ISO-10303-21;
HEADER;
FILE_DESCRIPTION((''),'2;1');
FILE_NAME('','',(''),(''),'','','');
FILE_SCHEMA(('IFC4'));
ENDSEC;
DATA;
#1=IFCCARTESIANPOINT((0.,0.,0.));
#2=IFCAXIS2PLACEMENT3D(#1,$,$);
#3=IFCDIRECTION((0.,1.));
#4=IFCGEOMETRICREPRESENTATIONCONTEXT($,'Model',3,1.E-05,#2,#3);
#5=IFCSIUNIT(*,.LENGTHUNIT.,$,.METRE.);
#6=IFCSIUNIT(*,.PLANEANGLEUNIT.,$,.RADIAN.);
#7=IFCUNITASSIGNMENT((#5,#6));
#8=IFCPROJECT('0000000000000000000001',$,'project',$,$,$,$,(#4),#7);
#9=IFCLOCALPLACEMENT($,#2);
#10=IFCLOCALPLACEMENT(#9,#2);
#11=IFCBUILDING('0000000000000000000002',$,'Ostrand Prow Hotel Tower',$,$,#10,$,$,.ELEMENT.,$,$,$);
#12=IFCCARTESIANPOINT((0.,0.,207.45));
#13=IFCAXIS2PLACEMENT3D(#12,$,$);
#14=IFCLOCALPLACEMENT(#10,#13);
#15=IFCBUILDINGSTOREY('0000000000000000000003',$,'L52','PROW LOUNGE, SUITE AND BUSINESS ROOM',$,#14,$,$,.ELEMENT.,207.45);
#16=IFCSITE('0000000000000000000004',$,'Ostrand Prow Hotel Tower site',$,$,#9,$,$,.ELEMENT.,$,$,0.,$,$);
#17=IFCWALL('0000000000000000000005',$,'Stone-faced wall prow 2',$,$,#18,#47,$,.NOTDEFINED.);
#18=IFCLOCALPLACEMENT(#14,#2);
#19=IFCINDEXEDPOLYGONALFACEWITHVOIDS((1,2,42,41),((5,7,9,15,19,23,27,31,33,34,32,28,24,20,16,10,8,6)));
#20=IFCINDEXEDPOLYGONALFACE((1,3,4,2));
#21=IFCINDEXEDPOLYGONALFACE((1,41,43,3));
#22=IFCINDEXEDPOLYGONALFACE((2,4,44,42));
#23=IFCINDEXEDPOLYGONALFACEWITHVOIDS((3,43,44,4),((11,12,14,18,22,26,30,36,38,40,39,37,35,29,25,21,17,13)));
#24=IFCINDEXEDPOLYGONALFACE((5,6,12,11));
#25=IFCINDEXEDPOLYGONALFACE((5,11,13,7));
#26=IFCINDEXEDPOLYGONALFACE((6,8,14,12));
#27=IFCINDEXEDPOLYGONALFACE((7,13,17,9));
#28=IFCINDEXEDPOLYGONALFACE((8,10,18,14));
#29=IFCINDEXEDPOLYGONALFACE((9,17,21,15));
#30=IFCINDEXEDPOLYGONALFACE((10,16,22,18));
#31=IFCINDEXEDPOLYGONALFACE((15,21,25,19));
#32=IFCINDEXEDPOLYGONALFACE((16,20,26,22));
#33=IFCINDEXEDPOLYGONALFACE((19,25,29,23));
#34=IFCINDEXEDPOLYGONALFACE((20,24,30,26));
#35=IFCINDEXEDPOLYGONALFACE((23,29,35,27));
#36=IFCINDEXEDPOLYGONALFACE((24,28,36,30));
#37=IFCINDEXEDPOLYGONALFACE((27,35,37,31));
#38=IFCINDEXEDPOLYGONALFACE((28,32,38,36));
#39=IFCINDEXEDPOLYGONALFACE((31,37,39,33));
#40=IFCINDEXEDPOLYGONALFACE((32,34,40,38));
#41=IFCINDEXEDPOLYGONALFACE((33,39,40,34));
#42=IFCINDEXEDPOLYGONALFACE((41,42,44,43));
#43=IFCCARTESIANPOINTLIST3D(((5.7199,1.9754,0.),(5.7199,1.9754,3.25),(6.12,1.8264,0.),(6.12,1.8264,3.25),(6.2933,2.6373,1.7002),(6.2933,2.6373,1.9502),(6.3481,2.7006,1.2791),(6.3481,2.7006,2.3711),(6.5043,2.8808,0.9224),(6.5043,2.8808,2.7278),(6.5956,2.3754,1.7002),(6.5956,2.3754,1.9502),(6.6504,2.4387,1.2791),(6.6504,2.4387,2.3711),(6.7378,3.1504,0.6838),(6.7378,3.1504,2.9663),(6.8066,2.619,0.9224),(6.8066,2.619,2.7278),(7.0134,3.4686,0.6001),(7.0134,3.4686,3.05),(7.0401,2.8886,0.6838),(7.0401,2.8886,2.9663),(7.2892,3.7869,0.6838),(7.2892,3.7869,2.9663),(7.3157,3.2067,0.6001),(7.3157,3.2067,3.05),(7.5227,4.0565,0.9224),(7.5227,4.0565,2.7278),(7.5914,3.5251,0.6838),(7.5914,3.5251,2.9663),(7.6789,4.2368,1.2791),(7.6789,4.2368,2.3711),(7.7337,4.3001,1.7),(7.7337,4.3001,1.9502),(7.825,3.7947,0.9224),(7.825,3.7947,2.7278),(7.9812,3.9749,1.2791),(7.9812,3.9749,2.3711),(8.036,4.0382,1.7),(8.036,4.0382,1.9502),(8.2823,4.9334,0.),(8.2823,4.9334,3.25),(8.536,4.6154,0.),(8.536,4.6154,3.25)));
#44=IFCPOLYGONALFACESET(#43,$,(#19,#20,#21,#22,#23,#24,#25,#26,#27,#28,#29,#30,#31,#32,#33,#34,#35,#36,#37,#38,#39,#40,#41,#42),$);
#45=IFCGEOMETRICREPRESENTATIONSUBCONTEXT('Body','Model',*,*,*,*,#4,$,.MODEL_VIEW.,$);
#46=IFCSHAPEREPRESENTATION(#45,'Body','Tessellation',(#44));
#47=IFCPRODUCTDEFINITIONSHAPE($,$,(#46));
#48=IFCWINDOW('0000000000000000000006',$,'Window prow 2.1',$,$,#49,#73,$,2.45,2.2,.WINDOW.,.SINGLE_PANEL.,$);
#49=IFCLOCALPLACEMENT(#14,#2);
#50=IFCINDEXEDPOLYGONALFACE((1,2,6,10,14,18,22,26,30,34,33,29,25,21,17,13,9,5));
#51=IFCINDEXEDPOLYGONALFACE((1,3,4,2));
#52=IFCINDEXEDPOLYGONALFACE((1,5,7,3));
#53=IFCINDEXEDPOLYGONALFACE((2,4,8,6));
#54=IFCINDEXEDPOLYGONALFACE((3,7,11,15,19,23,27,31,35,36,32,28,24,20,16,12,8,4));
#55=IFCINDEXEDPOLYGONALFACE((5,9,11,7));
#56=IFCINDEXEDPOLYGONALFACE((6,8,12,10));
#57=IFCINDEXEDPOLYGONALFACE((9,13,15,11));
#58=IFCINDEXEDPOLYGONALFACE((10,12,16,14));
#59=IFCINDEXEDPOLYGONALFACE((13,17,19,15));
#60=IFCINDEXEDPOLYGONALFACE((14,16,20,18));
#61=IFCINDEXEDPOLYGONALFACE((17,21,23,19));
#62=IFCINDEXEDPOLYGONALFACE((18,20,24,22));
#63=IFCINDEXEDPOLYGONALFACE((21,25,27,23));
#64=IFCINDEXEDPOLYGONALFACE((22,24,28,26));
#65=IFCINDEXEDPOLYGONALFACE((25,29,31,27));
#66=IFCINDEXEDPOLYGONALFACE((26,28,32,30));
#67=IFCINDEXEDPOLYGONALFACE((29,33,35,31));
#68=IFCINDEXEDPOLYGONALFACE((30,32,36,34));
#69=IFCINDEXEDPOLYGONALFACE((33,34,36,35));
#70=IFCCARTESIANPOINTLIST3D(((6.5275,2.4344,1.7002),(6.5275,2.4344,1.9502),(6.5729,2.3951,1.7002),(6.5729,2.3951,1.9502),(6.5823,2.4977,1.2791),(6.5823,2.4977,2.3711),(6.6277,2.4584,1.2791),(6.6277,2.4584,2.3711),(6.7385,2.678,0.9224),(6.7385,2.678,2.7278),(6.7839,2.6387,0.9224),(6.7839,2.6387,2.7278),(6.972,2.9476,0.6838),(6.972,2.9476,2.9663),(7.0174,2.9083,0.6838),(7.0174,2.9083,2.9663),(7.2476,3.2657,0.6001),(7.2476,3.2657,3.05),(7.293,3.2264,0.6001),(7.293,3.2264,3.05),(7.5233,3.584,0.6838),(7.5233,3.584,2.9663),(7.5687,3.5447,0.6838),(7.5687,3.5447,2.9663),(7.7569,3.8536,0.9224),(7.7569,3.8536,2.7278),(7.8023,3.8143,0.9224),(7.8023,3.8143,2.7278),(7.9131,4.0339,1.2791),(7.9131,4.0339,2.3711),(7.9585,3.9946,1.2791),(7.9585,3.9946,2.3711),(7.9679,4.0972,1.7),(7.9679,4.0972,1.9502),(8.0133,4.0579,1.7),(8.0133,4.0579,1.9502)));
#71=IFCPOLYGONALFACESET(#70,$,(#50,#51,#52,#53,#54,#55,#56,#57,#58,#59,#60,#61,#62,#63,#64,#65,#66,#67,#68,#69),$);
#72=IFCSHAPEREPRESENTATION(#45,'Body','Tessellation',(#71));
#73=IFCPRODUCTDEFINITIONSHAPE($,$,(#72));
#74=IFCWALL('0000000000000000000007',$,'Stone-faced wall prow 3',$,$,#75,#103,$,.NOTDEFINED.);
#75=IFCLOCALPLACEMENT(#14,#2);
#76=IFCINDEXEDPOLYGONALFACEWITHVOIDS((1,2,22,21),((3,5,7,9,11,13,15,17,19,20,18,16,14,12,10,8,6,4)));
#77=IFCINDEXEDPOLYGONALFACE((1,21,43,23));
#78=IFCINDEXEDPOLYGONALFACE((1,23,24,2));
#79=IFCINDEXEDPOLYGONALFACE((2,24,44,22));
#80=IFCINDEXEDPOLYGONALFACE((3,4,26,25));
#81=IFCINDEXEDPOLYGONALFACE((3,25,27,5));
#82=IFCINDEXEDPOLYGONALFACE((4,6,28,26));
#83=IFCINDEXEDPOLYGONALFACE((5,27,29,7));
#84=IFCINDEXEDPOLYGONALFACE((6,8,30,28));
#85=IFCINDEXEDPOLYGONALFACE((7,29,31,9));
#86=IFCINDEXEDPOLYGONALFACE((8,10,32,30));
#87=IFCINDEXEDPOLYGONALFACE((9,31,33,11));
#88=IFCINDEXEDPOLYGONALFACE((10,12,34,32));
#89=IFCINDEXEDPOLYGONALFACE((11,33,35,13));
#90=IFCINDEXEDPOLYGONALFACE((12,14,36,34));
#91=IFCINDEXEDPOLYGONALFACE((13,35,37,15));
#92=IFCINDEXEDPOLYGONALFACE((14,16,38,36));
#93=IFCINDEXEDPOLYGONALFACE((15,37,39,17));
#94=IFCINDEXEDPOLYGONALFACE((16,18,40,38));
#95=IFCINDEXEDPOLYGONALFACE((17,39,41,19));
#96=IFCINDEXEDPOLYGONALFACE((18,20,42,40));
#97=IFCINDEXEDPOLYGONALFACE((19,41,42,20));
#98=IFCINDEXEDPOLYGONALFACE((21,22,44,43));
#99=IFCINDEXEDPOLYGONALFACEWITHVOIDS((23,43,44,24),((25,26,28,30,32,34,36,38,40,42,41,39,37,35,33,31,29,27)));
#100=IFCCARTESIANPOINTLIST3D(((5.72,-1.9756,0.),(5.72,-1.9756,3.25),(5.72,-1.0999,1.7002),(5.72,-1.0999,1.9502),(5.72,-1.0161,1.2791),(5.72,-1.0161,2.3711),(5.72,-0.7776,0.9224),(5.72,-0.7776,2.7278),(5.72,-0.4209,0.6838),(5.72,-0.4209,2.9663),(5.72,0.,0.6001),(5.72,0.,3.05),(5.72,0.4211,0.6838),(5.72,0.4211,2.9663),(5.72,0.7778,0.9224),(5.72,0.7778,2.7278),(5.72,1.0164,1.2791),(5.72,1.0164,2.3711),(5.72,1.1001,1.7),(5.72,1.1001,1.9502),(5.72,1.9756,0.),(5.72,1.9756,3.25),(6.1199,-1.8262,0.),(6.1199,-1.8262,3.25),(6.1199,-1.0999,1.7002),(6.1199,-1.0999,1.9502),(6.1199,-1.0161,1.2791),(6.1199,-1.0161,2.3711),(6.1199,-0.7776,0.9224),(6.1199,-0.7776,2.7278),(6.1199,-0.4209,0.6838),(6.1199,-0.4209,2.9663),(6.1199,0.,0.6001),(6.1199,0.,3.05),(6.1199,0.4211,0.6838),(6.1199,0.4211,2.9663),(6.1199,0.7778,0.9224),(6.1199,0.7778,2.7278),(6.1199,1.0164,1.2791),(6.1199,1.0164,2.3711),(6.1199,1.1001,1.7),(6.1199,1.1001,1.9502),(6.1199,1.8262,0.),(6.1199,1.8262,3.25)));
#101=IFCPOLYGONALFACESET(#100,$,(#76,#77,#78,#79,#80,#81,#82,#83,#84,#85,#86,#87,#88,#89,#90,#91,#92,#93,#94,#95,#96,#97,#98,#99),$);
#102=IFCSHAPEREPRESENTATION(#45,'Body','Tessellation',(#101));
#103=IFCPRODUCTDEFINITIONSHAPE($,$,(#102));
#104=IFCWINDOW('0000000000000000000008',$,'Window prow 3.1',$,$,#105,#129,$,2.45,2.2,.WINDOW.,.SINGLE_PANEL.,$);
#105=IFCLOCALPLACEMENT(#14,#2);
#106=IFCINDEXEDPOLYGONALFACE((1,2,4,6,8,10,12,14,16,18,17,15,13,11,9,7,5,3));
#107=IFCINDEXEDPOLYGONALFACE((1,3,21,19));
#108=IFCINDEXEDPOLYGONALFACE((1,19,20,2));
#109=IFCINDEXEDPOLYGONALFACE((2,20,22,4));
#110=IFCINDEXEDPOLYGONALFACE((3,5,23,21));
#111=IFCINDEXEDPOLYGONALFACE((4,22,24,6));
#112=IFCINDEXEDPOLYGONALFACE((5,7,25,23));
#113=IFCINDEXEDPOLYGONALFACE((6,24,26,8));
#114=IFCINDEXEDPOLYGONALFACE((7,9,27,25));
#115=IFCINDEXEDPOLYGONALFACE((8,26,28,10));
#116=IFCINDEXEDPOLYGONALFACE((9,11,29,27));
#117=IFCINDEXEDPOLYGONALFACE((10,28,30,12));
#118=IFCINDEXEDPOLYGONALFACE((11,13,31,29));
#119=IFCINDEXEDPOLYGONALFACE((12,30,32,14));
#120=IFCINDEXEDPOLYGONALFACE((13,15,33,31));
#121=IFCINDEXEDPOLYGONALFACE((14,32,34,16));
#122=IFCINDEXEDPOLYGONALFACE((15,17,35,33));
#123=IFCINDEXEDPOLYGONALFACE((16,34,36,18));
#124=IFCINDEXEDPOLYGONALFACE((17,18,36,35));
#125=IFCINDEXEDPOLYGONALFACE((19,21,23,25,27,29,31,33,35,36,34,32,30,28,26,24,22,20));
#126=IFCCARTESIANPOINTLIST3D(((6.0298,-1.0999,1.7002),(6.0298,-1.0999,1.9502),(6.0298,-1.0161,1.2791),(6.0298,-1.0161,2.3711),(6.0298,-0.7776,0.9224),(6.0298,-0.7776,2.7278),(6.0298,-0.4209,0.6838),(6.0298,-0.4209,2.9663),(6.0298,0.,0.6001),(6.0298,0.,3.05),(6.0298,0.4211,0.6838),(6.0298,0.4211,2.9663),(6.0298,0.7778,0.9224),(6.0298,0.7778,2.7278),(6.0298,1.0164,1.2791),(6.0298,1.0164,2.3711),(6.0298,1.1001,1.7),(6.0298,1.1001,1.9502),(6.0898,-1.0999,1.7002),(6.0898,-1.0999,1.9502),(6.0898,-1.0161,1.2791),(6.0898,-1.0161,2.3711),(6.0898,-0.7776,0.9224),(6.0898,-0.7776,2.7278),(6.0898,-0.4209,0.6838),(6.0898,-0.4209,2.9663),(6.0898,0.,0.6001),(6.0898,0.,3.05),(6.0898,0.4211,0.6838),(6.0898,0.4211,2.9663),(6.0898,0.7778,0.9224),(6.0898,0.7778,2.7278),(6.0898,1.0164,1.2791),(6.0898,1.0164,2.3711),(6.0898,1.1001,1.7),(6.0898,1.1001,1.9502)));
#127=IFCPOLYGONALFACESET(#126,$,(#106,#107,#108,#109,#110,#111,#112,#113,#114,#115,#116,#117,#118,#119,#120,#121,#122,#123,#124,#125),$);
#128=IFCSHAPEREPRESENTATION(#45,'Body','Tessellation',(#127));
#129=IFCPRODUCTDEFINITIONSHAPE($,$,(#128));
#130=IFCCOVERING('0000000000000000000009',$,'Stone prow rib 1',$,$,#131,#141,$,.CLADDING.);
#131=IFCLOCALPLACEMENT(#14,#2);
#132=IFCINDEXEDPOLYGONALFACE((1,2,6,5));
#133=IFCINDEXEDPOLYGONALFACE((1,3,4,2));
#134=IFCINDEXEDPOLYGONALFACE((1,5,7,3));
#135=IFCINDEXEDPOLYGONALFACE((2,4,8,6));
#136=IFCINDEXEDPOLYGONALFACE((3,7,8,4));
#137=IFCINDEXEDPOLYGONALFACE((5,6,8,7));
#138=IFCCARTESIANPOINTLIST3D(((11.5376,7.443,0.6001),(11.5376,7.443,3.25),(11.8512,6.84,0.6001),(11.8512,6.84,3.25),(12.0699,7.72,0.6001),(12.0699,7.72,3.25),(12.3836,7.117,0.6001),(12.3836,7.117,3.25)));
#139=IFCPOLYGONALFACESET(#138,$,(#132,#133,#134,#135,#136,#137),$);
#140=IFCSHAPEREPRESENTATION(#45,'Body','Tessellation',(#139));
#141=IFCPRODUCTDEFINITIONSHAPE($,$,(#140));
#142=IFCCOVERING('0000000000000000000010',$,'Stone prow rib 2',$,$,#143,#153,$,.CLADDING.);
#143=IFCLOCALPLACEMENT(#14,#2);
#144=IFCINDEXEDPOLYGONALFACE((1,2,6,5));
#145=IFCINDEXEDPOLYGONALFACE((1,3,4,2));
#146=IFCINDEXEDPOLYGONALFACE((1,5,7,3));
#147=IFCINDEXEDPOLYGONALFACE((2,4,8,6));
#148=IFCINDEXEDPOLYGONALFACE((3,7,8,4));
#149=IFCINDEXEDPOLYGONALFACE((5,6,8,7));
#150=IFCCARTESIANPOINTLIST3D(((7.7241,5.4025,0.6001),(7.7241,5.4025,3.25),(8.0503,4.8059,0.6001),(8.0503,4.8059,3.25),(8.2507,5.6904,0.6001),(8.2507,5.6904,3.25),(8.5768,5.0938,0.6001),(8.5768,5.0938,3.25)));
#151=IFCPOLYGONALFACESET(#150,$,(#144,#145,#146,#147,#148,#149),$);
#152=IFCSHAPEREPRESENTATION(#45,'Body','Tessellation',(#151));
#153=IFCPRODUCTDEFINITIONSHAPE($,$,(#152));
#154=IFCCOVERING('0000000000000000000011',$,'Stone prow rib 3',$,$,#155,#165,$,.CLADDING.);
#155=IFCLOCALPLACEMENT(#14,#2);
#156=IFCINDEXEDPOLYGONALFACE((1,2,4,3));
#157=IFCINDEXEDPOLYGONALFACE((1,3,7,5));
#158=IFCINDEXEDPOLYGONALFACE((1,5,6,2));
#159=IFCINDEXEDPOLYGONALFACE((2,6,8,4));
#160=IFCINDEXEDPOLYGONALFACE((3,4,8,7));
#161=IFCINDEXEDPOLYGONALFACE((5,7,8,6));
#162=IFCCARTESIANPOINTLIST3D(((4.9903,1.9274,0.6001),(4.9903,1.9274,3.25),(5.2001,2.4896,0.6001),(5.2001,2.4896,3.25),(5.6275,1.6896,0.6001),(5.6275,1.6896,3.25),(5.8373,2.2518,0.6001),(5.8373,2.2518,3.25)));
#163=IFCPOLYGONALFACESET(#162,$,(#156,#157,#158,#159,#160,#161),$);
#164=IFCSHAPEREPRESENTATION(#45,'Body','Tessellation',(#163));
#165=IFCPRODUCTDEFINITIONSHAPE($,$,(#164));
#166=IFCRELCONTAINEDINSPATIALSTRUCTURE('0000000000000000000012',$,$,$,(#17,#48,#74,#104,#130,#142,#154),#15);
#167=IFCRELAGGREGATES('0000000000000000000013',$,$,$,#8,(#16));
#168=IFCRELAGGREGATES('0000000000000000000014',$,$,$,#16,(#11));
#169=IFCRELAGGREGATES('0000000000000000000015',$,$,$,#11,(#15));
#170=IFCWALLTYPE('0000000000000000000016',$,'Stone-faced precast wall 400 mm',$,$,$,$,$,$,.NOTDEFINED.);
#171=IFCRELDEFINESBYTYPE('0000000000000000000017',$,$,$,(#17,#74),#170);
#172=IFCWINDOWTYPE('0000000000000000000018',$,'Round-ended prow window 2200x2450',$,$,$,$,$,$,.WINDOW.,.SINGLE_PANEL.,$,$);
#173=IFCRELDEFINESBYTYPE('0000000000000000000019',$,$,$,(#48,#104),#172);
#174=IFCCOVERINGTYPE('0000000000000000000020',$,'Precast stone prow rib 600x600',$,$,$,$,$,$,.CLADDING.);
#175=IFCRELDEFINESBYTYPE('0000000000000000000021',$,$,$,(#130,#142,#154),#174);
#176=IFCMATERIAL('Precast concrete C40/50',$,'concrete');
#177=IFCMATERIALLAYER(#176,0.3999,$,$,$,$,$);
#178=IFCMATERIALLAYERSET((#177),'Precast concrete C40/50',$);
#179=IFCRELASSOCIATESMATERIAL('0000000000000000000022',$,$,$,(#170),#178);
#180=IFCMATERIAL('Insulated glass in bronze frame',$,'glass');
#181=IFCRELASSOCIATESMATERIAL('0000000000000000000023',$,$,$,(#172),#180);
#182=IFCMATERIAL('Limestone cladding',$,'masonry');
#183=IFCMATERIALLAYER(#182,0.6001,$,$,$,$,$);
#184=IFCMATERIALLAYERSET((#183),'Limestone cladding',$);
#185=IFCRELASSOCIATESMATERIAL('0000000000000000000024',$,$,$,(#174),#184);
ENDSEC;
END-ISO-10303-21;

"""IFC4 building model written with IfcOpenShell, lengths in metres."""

from ifc_helpers import new_model, si_unit, direction, frame, frame_2d, origin, place, context, subcontext, project, spatial, polyline, rectangle, outline, extrude, material, layer, layer_set, type_object, element, fill, save


model = new_model("IFC4")

# Units and contexts
model_context = context("Model", 3, precision=1e-05, world=origin(), true_north=direction((0.0, 1.0)))
body_context = subcontext(model_context, "Body", "Model", "MODEL_VIEW")
ifc_project = project(units=[si_unit("LENGTHUNIT", "METRE"), si_unit("PLANEANGLEUNIT", "RADIAN")], contexts=[model_context])

# Site, building, storey
site_placement = place(None, origin())
site = spatial("IfcSite", under=ifc_project, at=site_placement, Name="Ostrand Prow Hotel Tower site", CompositionType="ELEMENT", RefElevation=0.0)
building_placement = place(site_placement, origin())
building = spatial("IfcBuilding", under=site, at=building_placement, Name="Ostrand Prow Hotel Tower", CompositionType="ELEMENT")
storey_placement = place(building_placement, frame((0.0, 0.0, 207.45)))
storey = spatial("IfcBuildingStorey", under=building, at=storey_placement, Name="L52", Description="PROW LOUNGE, SUITE AND BUSINESS ROOM", CompositionType="ELEMENT", Elevation=207.45)

# Walls, openings, windows
ifc_material_1 = material(Name="Precast concrete C40/50", Category="concrete")
ifc_layer_1 = layer(ifc_material_1, 0.3999)
ifc_layer_set_1 = layer_set([ifc_layer_1], Name="Precast concrete C40/50")
wall_type = type_object("IfcWallType", Name="Stone-faced precast wall 400 mm", PredefinedType="NOTDEFINED", material=ifc_layer_set_1)
ifc_material_2 = material(Name="Insulated glass in bronze frame", Category="glass")
window_type = type_object("IfcWindowType", Name="Round-ended prow window 2200x2450", PartitioningType="SINGLE_PANEL", PredefinedType="WINDOW", material=ifc_material_2)
wall_1_placement = place(storey_placement, frame((8.4092, 4.7744, 0.0), z_axis=(0.0, 0.0, 1.0), x_axis=(-0.654759, -0.755837, 0.0)))
wall_1 = element("IfcWall", 1, at=wall_1_placement, inside=storey, type_object=wall_type, Name="Stone-faced wall prow 2", PredefinedType="NOTDEFINED", context=body_context, shape_type="SweptSolid", body=[
    extrude(outline(polyline([(-0.0371, -0.2), (3.8765, -0.2), (3.7271, 0.2), (0.0371, 0.2), (-0.0371, -0.2)])), origin(), (0.0, 0.0, 1.0), 3.25),
])
opening_1_placement = place(wall_1_placement, frame((0.8008, 0.0, 0.6001)))
opening_1 = element("IfcOpeningElement", 2, at=opening_1_placement, cuts=wall_1, PredefinedType="OPENING", context=body_context, shape_type="SweptSolid", body=[
    extrude(outline(polyline([(0.0, 1.3501), (0.0837, 1.771), (0.3223, 2.1277), (0.679, 2.3662), (1.1001, 2.45), (1.521, 2.3662), (1.8777, 2.1277), (2.1162, 1.771), (2.2, 1.3501), (2.2, 1.1001), (2.1162, 0.679), (1.8777, 0.3223), (1.521, 0.0837), (1.1001, 0.0), (0.679, 0.0837), (0.3223, 0.3223), (0.0837, 0.679), (0.0, 1.0999), (0.0, 1.3501)])), frame((0.0, 0.21, 0.0), z_axis=(0.0, -1.0, 0.0), x_axis=(1.0, 0.0, 0.0)), (0.0, 0.0, 1.0), 0.4199),
])
window_1_placement = place(opening_1_placement, origin())
window_1 = element("IfcWindow", 3, at=window_1_placement, inside=storey, type_object=window_type, Name="Window prow 2.1", OverallHeight=2.45, OverallWidth=2.2, PartitioningType="SINGLE_PANEL", PredefinedType="WINDOW", context=body_context, shape_type="SweptSolid", body=[
    extrude(outline(polyline([(0.0, 1.3501), (0.0837, 1.771), (0.3223, 2.1277), (0.679, 2.3662), (1.1001, 2.45), (1.521, 2.3662), (1.8777, 2.1277), (2.1162, 1.771), (2.2, 1.3501), (2.2, 1.1001), (2.1162, 0.679), (1.8777, 0.3223), (1.521, 0.0837), (1.1001, 0.0), (0.679, 0.0837), (0.3223, 0.3223), (0.0837, 0.679), (0.0, 1.0999), (0.0, 1.3501)])), frame((0.0, 0.1699, 0.0), z_axis=(0.0, -1.0, 0.0), x_axis=(1.0, 0.0, 0.0)), (0.0, 0.0, 1.0), 0.0601),
])
fill(opening_1, window_1)
wall_2_placement = place(storey_placement, frame((5.9199, 1.9009, 0.0), z_axis=(0.0, 0.0, 1.0), x_axis=(0.0, -1.0, 0.0)))
wall_2 = element("IfcWall", 4, at=wall_2_placement, inside=storey, type_object=wall_type, Name="Stone-faced wall prow 3", PredefinedType="NOTDEFINED", context=body_context, shape_type="SweptSolid", body=[
    extrude(outline(polyline([(-0.0747, -0.2), (3.8765, -0.2), (3.7271, 0.2), (0.0747, 0.2), (-0.0747, -0.2)])), origin(), (0.0, 0.0, 1.0), 3.25),
])
opening_2_placement = place(wall_2_placement, frame((0.8008, 0.0, 0.6001)))
opening_2 = element("IfcOpeningElement", 5, at=opening_2_placement, cuts=wall_2, PredefinedType="OPENING", context=body_context, shape_type="SweptSolid", body=[
    extrude(outline(polyline([(0.0, 1.3501), (0.0837, 1.771), (0.3223, 2.1277), (0.679, 2.3662), (1.1001, 2.45), (1.521, 2.3662), (1.8777, 2.1277), (2.1162, 1.771), (2.2, 1.3501), (2.2, 1.1001), (2.1162, 0.679), (1.8777, 0.3223), (1.521, 0.0837), (1.1001, 0.0), (0.679, 0.0837), (0.3223, 0.3223), (0.0837, 0.679), (0.0, 1.0999), (0.0, 1.3501)])), frame((0.0, 0.21, 0.0), z_axis=(0.0, -1.0, 0.0), x_axis=(1.0, 0.0, 0.0)), (0.0, 0.0, 1.0), 0.4199),
])
window_2_placement = place(opening_2_placement, origin())
window_2 = element("IfcWindow", 6, at=window_2_placement, inside=storey, type_object=window_type, Name="Window prow 3.1", OverallHeight=2.45, OverallWidth=2.2, PartitioningType="SINGLE_PANEL", PredefinedType="WINDOW", context=body_context, shape_type="SweptSolid", body=[
    extrude(outline(polyline([(0.0, 1.3501), (0.0837, 1.771), (0.3223, 2.1277), (0.679, 2.3662), (1.1001, 2.45), (1.521, 2.3662), (1.8777, 2.1277), (2.1162, 1.771), (2.2, 1.3501), (2.2, 1.1001), (2.1162, 0.679), (1.8777, 0.3223), (1.521, 0.0837), (1.1001, 0.0), (0.679, 0.0837), (0.3223, 0.3223), (0.0837, 0.679), (0.0, 1.0999), (0.0, 1.3501)])), frame((0.0, 0.1699, 0.0), z_axis=(0.0, -1.0, 0.0), x_axis=(1.0, 0.0, 0.0)), (0.0, 0.0, 1.0), 0.0601),
])
fill(opening_2, window_2)

# Coverings
ifc_material_3 = material(Name="Limestone cladding", Category="masonry")
ifc_layer_2 = layer(ifc_material_3, 0.6001)
ifc_layer_set_2 = layer_set([ifc_layer_2], Name="Limestone cladding")
covering_type_1 = type_object("IfcCoveringType", Name="Precast stone prow rib 600x600", PredefinedType="CLADDING", material=ifc_layer_set_2)
covering_1_placement = place(storey_placement, frame((12.1174, 6.9785, 0.6001), z_axis=(0.0, 0.0, 1.0), x_axis=(-0.461522, 0.887129, 0.0)))
element("IfcCovering", 7, at=covering_1_placement, inside=storey, type_object=covering_type_1, Name="Stone prow rib 1", PredefinedType="CLADDING", context=body_context, shape_type="SweptSolid", body=[
    extrude(rectangle(XDim=0.6797, YDim=0.6001, at=frame_2d((0.3398, 0.0))), origin(), (0.0, 0.0, 1.0), 2.6499),
])
covering_2_placement = place(storey_placement, frame((8.3135, 4.95, 0.6001), z_axis=(0.0, 0.0, 1.0), x_axis=(-0.479657, 0.877456, 0.0)))
element("IfcCovering", 8, at=covering_2_placement, inside=storey, type_object=covering_type_1, Name="Stone prow rib 2", PredefinedType="CLADDING", context=body_context, shape_type="SweptSolid", body=[
    extrude(rectangle(XDim=0.6799, YDim=0.6001, at=frame_2d((0.3398, 0.0))), origin(), (0.0, 0.0, 1.0), 2.6499),
])
covering_3_placement = place(storey_placement, frame((5.7324, 1.9707, 0.6001), z_axis=(0.0, 0.0, 1.0), x_axis=(-0.936889, 0.349628, 0.0)))
element("IfcCovering", 9, at=covering_3_placement, inside=storey, type_object=covering_type_1, Name="Stone prow rib 3", PredefinedType="CLADDING", context=body_context, shape_type="SweptSolid", body=[
    extrude(rectangle(XDim=0.6802, YDim=0.6001, at=frame_2d((0.3401, 0.0))), origin(), (0.0, 0.0, 1.0), 2.6499),
])

save(model, "model.ifc")
